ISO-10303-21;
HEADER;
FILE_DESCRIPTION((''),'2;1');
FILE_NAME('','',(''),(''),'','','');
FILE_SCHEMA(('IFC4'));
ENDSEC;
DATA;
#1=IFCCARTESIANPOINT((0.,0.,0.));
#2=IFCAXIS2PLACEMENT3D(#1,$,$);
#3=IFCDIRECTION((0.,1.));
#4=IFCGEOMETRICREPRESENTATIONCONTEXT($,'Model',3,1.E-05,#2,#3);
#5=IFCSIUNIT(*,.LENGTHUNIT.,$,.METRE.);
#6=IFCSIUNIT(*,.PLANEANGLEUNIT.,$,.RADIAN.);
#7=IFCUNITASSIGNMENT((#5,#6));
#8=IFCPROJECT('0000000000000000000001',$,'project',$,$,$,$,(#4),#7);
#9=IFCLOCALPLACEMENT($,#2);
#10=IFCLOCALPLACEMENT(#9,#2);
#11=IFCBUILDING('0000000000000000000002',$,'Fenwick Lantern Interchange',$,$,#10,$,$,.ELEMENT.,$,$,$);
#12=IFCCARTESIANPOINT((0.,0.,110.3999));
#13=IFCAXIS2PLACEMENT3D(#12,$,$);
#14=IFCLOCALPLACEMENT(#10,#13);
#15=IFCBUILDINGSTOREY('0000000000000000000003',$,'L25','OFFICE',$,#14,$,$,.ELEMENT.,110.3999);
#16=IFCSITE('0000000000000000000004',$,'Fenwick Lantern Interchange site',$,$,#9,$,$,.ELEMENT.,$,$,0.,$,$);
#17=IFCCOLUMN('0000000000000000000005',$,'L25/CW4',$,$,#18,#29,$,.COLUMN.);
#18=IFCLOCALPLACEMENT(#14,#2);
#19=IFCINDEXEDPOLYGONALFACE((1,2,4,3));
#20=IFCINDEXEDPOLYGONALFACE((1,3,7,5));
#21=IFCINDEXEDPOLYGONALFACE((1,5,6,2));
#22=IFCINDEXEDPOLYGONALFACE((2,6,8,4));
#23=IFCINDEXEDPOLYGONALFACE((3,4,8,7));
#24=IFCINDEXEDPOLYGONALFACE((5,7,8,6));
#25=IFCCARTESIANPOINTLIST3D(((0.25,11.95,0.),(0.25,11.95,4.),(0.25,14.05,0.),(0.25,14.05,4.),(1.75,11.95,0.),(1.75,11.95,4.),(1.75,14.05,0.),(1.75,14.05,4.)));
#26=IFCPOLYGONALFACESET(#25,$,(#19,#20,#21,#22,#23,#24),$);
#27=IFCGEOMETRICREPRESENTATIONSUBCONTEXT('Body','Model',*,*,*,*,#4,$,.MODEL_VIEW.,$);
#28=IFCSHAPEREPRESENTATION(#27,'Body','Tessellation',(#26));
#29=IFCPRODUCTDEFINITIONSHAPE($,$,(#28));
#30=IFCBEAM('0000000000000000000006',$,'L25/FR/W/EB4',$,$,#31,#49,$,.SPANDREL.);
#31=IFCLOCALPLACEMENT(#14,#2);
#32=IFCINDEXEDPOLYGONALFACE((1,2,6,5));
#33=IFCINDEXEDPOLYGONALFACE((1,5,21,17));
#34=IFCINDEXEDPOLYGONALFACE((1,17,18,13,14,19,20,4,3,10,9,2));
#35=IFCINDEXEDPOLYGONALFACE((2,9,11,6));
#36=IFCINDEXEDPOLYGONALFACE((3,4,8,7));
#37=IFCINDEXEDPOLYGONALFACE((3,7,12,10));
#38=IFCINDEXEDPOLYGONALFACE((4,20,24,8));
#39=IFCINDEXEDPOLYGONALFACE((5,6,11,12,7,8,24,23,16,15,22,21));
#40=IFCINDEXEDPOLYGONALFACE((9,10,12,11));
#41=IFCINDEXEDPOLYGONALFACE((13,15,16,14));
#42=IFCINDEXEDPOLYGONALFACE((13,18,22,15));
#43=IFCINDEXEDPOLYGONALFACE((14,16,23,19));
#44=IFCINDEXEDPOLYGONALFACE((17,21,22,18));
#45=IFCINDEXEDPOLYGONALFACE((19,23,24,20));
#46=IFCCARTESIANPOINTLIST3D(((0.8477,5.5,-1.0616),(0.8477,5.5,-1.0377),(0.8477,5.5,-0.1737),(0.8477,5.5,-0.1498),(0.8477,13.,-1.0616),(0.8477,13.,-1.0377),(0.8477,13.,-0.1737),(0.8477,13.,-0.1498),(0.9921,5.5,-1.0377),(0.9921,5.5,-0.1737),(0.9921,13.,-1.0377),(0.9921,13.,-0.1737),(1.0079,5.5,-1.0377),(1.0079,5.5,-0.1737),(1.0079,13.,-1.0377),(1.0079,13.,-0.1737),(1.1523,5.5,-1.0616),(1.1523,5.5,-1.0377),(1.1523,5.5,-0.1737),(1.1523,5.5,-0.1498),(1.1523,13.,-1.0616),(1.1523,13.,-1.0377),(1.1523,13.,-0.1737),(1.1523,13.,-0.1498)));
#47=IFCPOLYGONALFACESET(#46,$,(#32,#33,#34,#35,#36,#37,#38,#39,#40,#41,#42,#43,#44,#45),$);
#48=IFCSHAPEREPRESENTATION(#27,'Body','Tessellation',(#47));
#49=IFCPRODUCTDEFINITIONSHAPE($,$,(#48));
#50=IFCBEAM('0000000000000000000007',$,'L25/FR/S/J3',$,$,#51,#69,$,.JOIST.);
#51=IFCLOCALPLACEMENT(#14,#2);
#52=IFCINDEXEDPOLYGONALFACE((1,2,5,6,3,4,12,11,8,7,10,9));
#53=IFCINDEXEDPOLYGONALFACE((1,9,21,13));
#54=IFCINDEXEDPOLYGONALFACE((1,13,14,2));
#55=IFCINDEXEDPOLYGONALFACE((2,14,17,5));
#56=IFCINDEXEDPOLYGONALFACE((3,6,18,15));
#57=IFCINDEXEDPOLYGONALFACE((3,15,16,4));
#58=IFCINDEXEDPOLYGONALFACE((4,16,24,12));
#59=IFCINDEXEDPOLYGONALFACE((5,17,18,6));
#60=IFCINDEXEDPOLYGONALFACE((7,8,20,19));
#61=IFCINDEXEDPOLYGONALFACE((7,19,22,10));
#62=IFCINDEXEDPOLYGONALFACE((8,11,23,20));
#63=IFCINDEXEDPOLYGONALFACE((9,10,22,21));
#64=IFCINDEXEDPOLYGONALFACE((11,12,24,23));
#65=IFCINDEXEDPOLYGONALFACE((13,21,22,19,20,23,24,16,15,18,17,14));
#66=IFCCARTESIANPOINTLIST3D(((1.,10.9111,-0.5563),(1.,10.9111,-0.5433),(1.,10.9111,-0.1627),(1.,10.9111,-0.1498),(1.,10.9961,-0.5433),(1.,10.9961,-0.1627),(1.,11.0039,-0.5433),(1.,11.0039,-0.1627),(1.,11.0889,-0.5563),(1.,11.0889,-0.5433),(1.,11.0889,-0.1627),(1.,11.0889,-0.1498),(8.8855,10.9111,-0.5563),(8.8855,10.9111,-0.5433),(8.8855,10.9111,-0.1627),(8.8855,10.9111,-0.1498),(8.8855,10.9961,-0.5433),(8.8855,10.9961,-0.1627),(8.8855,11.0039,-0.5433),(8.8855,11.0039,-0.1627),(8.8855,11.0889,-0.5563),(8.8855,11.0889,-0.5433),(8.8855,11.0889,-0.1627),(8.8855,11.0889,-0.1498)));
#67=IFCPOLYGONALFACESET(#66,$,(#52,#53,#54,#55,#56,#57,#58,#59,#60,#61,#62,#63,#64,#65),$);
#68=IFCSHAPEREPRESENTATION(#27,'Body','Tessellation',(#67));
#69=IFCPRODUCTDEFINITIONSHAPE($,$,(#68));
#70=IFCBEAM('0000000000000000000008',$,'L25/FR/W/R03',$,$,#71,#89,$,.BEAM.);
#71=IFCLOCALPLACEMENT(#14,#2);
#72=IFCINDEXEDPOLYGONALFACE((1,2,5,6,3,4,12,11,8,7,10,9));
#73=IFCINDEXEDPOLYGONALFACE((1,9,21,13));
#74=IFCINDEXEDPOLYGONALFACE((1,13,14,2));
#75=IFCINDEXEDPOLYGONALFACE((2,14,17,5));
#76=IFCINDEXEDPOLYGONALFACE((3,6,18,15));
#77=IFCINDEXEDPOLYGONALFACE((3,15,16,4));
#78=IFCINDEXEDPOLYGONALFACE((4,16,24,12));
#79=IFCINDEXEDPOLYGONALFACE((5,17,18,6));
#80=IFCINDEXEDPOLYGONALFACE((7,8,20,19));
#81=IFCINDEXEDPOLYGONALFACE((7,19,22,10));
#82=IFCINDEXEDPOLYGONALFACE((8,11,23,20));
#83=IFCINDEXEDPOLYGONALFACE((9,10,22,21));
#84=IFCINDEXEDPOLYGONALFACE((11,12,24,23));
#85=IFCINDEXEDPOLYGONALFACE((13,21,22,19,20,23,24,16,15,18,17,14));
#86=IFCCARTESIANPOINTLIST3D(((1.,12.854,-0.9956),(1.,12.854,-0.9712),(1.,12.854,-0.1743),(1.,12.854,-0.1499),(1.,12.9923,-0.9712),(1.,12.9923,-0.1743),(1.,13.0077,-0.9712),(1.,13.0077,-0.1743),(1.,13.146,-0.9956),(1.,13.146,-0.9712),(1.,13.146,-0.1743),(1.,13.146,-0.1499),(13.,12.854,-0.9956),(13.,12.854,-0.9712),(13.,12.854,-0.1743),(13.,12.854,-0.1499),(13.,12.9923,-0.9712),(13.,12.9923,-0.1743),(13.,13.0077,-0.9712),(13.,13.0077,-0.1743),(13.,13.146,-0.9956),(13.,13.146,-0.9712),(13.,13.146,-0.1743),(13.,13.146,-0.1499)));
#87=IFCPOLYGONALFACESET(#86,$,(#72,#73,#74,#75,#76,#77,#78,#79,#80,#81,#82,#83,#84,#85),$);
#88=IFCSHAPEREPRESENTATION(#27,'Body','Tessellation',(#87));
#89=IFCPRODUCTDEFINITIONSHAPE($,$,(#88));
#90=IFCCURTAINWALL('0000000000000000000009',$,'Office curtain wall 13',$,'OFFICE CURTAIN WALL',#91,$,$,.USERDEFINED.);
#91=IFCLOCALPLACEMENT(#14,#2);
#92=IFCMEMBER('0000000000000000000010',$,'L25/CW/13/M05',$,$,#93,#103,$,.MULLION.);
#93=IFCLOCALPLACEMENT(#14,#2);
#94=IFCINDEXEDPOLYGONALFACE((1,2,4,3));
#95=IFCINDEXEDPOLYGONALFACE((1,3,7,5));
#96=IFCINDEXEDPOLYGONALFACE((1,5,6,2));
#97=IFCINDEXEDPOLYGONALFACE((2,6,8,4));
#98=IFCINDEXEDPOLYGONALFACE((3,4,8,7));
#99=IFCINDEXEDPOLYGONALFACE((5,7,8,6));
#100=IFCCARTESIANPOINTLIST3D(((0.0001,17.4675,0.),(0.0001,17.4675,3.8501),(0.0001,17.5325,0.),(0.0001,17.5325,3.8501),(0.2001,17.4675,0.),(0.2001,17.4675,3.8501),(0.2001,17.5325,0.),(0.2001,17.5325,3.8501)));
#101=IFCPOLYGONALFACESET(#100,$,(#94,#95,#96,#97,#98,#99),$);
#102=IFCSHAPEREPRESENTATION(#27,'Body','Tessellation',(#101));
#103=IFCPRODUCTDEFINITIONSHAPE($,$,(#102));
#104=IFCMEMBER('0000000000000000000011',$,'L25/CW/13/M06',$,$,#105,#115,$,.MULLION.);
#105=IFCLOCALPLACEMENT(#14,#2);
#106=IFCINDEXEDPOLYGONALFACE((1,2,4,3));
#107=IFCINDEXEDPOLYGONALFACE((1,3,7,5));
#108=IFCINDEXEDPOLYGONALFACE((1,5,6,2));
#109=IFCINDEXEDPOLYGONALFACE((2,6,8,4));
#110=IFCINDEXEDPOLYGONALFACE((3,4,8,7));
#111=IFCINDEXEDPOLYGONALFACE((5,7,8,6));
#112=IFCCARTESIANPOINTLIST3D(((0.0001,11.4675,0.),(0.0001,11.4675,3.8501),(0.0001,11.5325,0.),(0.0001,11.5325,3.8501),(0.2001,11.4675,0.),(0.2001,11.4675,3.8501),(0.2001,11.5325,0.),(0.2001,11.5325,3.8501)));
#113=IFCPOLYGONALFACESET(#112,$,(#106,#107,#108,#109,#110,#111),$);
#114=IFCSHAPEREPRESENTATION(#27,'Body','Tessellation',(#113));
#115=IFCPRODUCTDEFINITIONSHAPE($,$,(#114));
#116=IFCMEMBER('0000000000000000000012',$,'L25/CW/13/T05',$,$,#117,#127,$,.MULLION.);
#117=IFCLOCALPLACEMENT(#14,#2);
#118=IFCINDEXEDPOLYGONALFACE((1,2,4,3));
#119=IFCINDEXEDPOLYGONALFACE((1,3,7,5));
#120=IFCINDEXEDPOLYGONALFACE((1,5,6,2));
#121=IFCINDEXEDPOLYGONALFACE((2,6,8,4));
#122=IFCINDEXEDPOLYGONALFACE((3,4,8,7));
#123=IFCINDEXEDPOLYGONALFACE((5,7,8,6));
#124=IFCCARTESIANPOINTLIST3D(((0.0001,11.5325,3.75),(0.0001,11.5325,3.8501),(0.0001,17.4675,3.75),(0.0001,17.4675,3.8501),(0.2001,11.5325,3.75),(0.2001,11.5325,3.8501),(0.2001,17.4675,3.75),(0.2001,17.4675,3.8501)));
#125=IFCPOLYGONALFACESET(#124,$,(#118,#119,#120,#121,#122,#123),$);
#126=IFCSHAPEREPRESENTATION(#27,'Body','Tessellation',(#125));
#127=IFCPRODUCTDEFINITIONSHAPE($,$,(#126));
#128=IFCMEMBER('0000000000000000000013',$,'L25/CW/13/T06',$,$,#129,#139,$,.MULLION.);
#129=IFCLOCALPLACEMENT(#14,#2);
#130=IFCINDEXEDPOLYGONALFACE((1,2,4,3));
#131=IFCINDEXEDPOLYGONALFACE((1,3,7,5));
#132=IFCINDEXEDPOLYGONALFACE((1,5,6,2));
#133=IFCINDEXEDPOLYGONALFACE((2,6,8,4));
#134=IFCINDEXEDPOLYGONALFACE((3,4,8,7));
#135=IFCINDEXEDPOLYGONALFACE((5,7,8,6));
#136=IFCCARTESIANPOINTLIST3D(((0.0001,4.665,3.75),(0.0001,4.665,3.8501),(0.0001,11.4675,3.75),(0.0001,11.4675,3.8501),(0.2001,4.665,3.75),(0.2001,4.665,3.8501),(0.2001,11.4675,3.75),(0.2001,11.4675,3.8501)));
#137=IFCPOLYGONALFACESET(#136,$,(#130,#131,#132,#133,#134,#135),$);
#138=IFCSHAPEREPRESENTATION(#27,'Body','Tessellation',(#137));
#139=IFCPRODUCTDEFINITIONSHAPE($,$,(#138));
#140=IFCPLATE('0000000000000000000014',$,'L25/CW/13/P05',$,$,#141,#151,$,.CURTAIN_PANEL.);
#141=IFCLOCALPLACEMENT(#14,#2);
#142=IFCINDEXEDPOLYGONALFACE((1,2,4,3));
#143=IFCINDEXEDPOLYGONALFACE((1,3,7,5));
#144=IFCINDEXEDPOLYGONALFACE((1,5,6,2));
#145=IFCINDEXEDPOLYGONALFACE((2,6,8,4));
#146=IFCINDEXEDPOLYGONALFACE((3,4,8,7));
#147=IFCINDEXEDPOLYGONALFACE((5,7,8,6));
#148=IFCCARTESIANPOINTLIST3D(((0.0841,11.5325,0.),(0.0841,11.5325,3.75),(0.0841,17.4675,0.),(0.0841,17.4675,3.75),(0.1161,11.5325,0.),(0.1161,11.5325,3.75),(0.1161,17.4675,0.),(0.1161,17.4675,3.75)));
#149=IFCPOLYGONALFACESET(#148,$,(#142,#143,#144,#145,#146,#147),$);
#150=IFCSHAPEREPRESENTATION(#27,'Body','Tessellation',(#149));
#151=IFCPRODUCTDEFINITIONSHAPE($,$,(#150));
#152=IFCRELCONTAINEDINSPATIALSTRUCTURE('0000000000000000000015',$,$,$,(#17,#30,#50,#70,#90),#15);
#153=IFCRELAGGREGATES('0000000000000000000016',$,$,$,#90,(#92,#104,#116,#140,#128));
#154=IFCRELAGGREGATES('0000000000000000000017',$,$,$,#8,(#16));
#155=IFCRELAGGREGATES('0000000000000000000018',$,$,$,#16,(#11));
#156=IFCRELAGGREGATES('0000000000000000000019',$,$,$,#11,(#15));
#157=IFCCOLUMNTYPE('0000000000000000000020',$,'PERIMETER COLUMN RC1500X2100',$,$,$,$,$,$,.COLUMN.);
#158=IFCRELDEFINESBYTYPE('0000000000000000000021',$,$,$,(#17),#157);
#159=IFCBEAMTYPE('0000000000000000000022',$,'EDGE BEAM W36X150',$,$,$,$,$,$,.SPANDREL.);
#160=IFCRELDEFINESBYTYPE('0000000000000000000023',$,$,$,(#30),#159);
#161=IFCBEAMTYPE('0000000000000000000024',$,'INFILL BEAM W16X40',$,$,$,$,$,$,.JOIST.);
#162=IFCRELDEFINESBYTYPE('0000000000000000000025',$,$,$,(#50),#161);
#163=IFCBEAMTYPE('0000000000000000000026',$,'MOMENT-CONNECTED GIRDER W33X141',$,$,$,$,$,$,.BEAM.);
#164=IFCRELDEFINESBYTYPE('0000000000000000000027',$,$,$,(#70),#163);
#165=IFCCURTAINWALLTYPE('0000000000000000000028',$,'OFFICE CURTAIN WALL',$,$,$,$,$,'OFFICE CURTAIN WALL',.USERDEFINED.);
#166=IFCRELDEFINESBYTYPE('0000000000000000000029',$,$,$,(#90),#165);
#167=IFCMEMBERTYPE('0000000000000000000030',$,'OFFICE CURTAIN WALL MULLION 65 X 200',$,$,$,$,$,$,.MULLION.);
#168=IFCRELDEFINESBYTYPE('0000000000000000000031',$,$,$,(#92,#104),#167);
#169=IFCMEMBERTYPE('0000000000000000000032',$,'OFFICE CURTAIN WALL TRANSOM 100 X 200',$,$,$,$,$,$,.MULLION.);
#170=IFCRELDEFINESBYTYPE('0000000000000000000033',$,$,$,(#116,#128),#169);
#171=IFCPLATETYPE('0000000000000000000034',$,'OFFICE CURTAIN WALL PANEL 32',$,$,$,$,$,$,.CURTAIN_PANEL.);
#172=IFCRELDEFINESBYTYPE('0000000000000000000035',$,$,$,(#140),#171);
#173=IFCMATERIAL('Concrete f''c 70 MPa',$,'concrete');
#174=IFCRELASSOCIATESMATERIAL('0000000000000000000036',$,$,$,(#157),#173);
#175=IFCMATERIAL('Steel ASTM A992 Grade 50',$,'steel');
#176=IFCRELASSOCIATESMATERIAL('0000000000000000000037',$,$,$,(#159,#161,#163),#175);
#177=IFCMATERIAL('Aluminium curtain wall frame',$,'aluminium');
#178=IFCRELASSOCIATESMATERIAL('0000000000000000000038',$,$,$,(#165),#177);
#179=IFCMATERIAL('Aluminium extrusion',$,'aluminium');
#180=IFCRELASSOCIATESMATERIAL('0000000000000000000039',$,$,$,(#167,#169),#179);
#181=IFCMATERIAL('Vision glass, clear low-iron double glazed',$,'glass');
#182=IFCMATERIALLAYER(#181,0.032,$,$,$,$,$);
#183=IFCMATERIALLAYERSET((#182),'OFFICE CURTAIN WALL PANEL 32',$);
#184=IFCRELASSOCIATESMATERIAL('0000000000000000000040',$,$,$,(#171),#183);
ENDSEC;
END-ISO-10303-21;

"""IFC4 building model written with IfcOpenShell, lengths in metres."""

from ifc_helpers import new_model, si_unit, direction, frame, origin, origin_2d, place, context, subcontext, project, spatial, rectangle, i_section, extrude, material, layer, layer_set, material_profile, profile_set, type_object, element, aggregate, save


model = new_model("IFC4")

# Units and contexts
model_context = context("Model", 3, precision=1e-05, world=origin(), true_north=direction((0.0, 1.0)))
body_context = subcontext(model_context, "Body", "Model", "MODEL_VIEW")
ifc_project = project(units=[si_unit("LENGTHUNIT", "METRE"), si_unit("PLANEANGLEUNIT", "RADIAN")], contexts=[model_context])

# Site, building, storey
site_placement = place(None, origin())
site = spatial("IfcSite", under=ifc_project, at=site_placement, Name="Fenwick Lantern Interchange site", CompositionType="ELEMENT", RefElevation=0.0)
building_placement = place(site_placement, origin())
building = spatial("IfcBuilding", under=site, at=building_placement, Name="Fenwick Lantern Interchange", CompositionType="ELEMENT")
storey_placement = place(building_placement, frame((0.0, 0.0, 110.3999)))
storey = spatial("IfcBuildingStorey", under=building, at=storey_placement, Name="L25", Description="OFFICE", CompositionType="ELEMENT", Elevation=110.3999)

# Column
ifc_material_1 = material(Name="Concrete f'c 70 MPa", Category="concrete")
ifc_material_profile_1 = material_profile(ifc_material_1, rectangle(XDim=1.5, YDim=2.1001, at=origin_2d()), Name="RC1500X2100")
ifc_profile_set_1 = profile_set([ifc_material_profile_1], Name="Concrete f'c 70 MPa")
column_type = type_object("IfcColumnType", Name="PERIMETER COLUMN RC1500X2100", PredefinedType="COLUMN", material=ifc_profile_set_1)
column_placement = place(storey_placement, frame((1.0, 13.0, 0.0), z_axis=(0.0, 0.0, 1.0), x_axis=(1.0, 0.0, 0.0)))
element("IfcColumn", 1, at=column_placement, inside=storey, type_object=column_type, Name="L25/CW4", PredefinedType="COLUMN", context=body_context, shape_type="SweptSolid", body=[
    extrude(rectangle(XDim=1.5, YDim=2.1001, at=origin_2d()), origin(), (0.0, 0.0, 1.0), 4.0),
])

# Beams
ifc_material_2 = material(Name="Steel ASTM A992 Grade 50", Category="steel")
ifc_material_profile_2 = material_profile(ifc_material_2, i_section(OverallWidth=0.3047, OverallDepth=0.9119, WebThickness=0.0159, FlangeThickness=0.0239, at=origin_2d()), Name="W36X150")
ifc_profile_set_2 = profile_set([ifc_material_profile_2], Name="Steel ASTM A992 Grade 50")
beam_type_1 = type_object("IfcBeamType", Name="EDGE BEAM W36X150", PredefinedType="SPANDREL", material=ifc_profile_set_2)
beam_1_placement = place(storey_placement, frame((1.0, 13.0, -0.6057), z_axis=(0.0, -1.0, 0.0), x_axis=(1.0, 0.0, 0.0)))
element("IfcBeam", 2, at=beam_1_placement, inside=storey, type_object=beam_type_1, Name="L25/FR/W/EB4", PredefinedType="SPANDREL", context=body_context, shape_type="SweptSolid", body=[
    extrude(i_section(OverallWidth=0.3047, OverallDepth=0.9119, WebThickness=0.0159, FlangeThickness=0.0239, at=origin_2d()), origin(), (0.0, 0.0, 1.0), 7.5),
])
ifc_material_profile_3 = material_profile(ifc_material_2, i_section(OverallWidth=0.1777, OverallDepth=0.4065, WebThickness=0.0078, FlangeThickness=0.0129, at=origin_2d()), Name="W16X40")
ifc_profile_set_3 = profile_set([ifc_material_profile_3], Name="Steel ASTM A992 Grade 50")
beam_type_2 = type_object("IfcBeamType", Name="INFILL BEAM W16X40", PredefinedType="JOIST", material=ifc_profile_set_3)
beam_2_placement = place(storey_placement, frame((1.0, 11.0, -0.353), z_axis=(1.0, 0.0, 0.0), x_axis=(0.0, 1.0, 0.0)))
element("IfcBeam", 3, at=beam_2_placement, inside=storey, type_object=beam_type_2, Name="L25/FR/S/J3", PredefinedType="JOIST", context=body_context, shape_type="SweptSolid", body=[
    extrude(i_section(OverallWidth=0.1777, OverallDepth=0.4065, WebThickness=0.0078, FlangeThickness=0.0129, at=origin_2d()), origin(), (0.0, 0.0, 1.0), 7.8855),
])
ifc_material_profile_4 = material_profile(ifc_material_2, i_section(OverallWidth=0.292, OverallDepth=0.8457, WebThickness=0.0154, FlangeThickness=0.0244, at=origin_2d()), Name="W33X141")
ifc_profile_set_4 = profile_set([ifc_material_profile_4], Name="Steel ASTM A992 Grade 50")
beam_type_3 = type_object("IfcBeamType", Name="MOMENT-CONNECTED GIRDER W33X141", PredefinedType="BEAM", material=ifc_profile_set_4)
beam_3_placement = place(storey_placement, frame((1.0, 13.0, -0.5728), z_axis=(1.0, 0.0, 0.0), x_axis=(0.0, 1.0, 0.0)))
element("IfcBeam", 4, at=beam_3_placement, inside=storey, type_object=beam_type_3, Name="L25/FR/W/R03", PredefinedType="BEAM", context=body_context, shape_type="SweptSolid", body=[
    extrude(i_section(OverallWidth=0.292, OverallDepth=0.8457, WebThickness=0.0154, FlangeThickness=0.0244, at=origin_2d()), origin(), (0.0, 0.0, 1.0), 12.0),
])

# Curtain wall, members, plate
ifc_material_3 = material(Name="Aluminium curtain wall frame", Category="aluminium")
curtain_wall_type = type_object("IfcCurtainWallType", Name="OFFICE CURTAIN WALL", ElementType="OFFICE CURTAIN WALL", PredefinedType="USERDEFINED", material=ifc_material_3)
curtain_wall_placement = place(storey_placement, origin())
curtain_wall = element("IfcCurtainWall", 5, at=curtain_wall_placement, inside=storey, type_object=curtain_wall_type, Name="Office curtain wall 13", ObjectType="OFFICE CURTAIN WALL", PredefinedType="USERDEFINED")
ifc_material_4 = material(Name="Aluminium extrusion", Category="aluminium")
ifc_material_profile_5 = material_profile(ifc_material_4, rectangle(XDim=0.2, YDim=0.0649, at=origin_2d()), Name="OFFICE CURTAIN WALL MULLION 65 X 200")
ifc_profile_set_5 = profile_set([ifc_material_profile_5], Name="Aluminium extrusion")
member_type_1 = type_object("IfcMemberType", Name="OFFICE CURTAIN WALL MULLION 65 X 200", PredefinedType="MULLION", material=ifc_profile_set_5)
member_1_placement = place(storey_placement, frame((0.1001, 17.5, 0.0), z_axis=(0.0, 0.0, 1.0), x_axis=(1.0, 0.0, 0.0)))
member_1 = element("IfcMember", 6, at=member_1_placement, type_object=member_type_1, Name="L25/CW/13/M05", PredefinedType="MULLION", context=body_context, shape_type="SweptSolid", body=[
    extrude(rectangle(XDim=0.2, YDim=0.0649, at=origin_2d()), origin(), (0.0, 0.0, 1.0), 3.8501),
])
member_2_placement = place(storey_placement, frame((0.1001, 11.5, 0.0), z_axis=(0.0, 0.0, 1.0), x_axis=(1.0, 0.0, 0.0)))
member_2 = element("IfcMember", 7, at=member_2_placement, type_object=member_type_1, Name="L25/CW/13/M06", PredefinedType="MULLION", context=body_context, shape_type="SweptSolid", body=[
    extrude(rectangle(XDim=0.2, YDim=0.0649, at=origin_2d()), origin(), (0.0, 0.0, 1.0), 3.8501),
])
ifc_material_profile_6 = material_profile(ifc_material_4, rectangle(XDim=0.2, YDim=0.1001, at=origin_2d()), Name="OFFICE CURTAIN WALL TRANSOM 100 X 200")
ifc_profile_set_6 = profile_set([ifc_material_profile_6], Name="Aluminium extrusion")
member_type_2 = type_object("IfcMemberType", Name="OFFICE CURTAIN WALL TRANSOM 100 X 200", PredefinedType="MULLION", material=ifc_profile_set_6)
member_3_placement = place(storey_placement, frame((0.1001, 17.4675, 3.8), z_axis=(0.0, -1.0, 0.0), x_axis=(1.0, 0.0, 0.0)))
member_3 = element("IfcMember", 8, at=member_3_placement, type_object=member_type_2, Name="L25/CW/13/T05", PredefinedType="MULLION", context=body_context, shape_type="SweptSolid", body=[
    extrude(rectangle(XDim=0.2, YDim=0.1001, at=origin_2d()), origin(), (0.0, 0.0, 1.0), 5.9351),
])
member_4_placement = place(storey_placement, frame((0.1001, 11.4675, 3.8), z_axis=(0.0, -1.0, 0.0), x_axis=(1.0, 0.0, 0.0)))
member_4 = element("IfcMember", 9, at=member_4_placement, type_object=member_type_2, Name="L25/CW/13/T06", PredefinedType="MULLION", context=body_context, shape_type="SweptSolid", body=[
    extrude(rectangle(XDim=0.2, YDim=0.1001, at=origin_2d()), origin(), (0.0, 0.0, 1.0), 6.8025),
])
ifc_material_5 = material(Name="Vision glass, clear low-iron double glazed", Category="glass")
ifc_layer_1 = layer(ifc_material_5, 0.032)
ifc_layer_set_1 = layer_set([ifc_layer_1], Name="OFFICE CURTAIN WALL PANEL 32")
plate_type = type_object("IfcPlateType", Name="OFFICE CURTAIN WALL PANEL 32", PredefinedType="CURTAIN_PANEL", material=ifc_layer_set_1)
plate_placement = place(storey_placement, frame((0.1001, 14.5, 0.0), z_axis=(0.0, 0.0, 1.0), x_axis=(0.0, -1.0, 0.0)))
plate = element("IfcPlate", 10, at=plate_placement, type_object=plate_type, Name="L25/CW/13/P05", PredefinedType="CURTAIN_PANEL", context=body_context, shape_type="SweptSolid", body=[
    extrude(rectangle(XDim=5.9351, YDim=0.032, at=origin_2d()), origin(), (0.0, 0.0, 1.0), 3.75),
])
aggregate(curtain_wall, [member_1, member_2, member_3, plate, member_4])

save(model, "model.ifc")
